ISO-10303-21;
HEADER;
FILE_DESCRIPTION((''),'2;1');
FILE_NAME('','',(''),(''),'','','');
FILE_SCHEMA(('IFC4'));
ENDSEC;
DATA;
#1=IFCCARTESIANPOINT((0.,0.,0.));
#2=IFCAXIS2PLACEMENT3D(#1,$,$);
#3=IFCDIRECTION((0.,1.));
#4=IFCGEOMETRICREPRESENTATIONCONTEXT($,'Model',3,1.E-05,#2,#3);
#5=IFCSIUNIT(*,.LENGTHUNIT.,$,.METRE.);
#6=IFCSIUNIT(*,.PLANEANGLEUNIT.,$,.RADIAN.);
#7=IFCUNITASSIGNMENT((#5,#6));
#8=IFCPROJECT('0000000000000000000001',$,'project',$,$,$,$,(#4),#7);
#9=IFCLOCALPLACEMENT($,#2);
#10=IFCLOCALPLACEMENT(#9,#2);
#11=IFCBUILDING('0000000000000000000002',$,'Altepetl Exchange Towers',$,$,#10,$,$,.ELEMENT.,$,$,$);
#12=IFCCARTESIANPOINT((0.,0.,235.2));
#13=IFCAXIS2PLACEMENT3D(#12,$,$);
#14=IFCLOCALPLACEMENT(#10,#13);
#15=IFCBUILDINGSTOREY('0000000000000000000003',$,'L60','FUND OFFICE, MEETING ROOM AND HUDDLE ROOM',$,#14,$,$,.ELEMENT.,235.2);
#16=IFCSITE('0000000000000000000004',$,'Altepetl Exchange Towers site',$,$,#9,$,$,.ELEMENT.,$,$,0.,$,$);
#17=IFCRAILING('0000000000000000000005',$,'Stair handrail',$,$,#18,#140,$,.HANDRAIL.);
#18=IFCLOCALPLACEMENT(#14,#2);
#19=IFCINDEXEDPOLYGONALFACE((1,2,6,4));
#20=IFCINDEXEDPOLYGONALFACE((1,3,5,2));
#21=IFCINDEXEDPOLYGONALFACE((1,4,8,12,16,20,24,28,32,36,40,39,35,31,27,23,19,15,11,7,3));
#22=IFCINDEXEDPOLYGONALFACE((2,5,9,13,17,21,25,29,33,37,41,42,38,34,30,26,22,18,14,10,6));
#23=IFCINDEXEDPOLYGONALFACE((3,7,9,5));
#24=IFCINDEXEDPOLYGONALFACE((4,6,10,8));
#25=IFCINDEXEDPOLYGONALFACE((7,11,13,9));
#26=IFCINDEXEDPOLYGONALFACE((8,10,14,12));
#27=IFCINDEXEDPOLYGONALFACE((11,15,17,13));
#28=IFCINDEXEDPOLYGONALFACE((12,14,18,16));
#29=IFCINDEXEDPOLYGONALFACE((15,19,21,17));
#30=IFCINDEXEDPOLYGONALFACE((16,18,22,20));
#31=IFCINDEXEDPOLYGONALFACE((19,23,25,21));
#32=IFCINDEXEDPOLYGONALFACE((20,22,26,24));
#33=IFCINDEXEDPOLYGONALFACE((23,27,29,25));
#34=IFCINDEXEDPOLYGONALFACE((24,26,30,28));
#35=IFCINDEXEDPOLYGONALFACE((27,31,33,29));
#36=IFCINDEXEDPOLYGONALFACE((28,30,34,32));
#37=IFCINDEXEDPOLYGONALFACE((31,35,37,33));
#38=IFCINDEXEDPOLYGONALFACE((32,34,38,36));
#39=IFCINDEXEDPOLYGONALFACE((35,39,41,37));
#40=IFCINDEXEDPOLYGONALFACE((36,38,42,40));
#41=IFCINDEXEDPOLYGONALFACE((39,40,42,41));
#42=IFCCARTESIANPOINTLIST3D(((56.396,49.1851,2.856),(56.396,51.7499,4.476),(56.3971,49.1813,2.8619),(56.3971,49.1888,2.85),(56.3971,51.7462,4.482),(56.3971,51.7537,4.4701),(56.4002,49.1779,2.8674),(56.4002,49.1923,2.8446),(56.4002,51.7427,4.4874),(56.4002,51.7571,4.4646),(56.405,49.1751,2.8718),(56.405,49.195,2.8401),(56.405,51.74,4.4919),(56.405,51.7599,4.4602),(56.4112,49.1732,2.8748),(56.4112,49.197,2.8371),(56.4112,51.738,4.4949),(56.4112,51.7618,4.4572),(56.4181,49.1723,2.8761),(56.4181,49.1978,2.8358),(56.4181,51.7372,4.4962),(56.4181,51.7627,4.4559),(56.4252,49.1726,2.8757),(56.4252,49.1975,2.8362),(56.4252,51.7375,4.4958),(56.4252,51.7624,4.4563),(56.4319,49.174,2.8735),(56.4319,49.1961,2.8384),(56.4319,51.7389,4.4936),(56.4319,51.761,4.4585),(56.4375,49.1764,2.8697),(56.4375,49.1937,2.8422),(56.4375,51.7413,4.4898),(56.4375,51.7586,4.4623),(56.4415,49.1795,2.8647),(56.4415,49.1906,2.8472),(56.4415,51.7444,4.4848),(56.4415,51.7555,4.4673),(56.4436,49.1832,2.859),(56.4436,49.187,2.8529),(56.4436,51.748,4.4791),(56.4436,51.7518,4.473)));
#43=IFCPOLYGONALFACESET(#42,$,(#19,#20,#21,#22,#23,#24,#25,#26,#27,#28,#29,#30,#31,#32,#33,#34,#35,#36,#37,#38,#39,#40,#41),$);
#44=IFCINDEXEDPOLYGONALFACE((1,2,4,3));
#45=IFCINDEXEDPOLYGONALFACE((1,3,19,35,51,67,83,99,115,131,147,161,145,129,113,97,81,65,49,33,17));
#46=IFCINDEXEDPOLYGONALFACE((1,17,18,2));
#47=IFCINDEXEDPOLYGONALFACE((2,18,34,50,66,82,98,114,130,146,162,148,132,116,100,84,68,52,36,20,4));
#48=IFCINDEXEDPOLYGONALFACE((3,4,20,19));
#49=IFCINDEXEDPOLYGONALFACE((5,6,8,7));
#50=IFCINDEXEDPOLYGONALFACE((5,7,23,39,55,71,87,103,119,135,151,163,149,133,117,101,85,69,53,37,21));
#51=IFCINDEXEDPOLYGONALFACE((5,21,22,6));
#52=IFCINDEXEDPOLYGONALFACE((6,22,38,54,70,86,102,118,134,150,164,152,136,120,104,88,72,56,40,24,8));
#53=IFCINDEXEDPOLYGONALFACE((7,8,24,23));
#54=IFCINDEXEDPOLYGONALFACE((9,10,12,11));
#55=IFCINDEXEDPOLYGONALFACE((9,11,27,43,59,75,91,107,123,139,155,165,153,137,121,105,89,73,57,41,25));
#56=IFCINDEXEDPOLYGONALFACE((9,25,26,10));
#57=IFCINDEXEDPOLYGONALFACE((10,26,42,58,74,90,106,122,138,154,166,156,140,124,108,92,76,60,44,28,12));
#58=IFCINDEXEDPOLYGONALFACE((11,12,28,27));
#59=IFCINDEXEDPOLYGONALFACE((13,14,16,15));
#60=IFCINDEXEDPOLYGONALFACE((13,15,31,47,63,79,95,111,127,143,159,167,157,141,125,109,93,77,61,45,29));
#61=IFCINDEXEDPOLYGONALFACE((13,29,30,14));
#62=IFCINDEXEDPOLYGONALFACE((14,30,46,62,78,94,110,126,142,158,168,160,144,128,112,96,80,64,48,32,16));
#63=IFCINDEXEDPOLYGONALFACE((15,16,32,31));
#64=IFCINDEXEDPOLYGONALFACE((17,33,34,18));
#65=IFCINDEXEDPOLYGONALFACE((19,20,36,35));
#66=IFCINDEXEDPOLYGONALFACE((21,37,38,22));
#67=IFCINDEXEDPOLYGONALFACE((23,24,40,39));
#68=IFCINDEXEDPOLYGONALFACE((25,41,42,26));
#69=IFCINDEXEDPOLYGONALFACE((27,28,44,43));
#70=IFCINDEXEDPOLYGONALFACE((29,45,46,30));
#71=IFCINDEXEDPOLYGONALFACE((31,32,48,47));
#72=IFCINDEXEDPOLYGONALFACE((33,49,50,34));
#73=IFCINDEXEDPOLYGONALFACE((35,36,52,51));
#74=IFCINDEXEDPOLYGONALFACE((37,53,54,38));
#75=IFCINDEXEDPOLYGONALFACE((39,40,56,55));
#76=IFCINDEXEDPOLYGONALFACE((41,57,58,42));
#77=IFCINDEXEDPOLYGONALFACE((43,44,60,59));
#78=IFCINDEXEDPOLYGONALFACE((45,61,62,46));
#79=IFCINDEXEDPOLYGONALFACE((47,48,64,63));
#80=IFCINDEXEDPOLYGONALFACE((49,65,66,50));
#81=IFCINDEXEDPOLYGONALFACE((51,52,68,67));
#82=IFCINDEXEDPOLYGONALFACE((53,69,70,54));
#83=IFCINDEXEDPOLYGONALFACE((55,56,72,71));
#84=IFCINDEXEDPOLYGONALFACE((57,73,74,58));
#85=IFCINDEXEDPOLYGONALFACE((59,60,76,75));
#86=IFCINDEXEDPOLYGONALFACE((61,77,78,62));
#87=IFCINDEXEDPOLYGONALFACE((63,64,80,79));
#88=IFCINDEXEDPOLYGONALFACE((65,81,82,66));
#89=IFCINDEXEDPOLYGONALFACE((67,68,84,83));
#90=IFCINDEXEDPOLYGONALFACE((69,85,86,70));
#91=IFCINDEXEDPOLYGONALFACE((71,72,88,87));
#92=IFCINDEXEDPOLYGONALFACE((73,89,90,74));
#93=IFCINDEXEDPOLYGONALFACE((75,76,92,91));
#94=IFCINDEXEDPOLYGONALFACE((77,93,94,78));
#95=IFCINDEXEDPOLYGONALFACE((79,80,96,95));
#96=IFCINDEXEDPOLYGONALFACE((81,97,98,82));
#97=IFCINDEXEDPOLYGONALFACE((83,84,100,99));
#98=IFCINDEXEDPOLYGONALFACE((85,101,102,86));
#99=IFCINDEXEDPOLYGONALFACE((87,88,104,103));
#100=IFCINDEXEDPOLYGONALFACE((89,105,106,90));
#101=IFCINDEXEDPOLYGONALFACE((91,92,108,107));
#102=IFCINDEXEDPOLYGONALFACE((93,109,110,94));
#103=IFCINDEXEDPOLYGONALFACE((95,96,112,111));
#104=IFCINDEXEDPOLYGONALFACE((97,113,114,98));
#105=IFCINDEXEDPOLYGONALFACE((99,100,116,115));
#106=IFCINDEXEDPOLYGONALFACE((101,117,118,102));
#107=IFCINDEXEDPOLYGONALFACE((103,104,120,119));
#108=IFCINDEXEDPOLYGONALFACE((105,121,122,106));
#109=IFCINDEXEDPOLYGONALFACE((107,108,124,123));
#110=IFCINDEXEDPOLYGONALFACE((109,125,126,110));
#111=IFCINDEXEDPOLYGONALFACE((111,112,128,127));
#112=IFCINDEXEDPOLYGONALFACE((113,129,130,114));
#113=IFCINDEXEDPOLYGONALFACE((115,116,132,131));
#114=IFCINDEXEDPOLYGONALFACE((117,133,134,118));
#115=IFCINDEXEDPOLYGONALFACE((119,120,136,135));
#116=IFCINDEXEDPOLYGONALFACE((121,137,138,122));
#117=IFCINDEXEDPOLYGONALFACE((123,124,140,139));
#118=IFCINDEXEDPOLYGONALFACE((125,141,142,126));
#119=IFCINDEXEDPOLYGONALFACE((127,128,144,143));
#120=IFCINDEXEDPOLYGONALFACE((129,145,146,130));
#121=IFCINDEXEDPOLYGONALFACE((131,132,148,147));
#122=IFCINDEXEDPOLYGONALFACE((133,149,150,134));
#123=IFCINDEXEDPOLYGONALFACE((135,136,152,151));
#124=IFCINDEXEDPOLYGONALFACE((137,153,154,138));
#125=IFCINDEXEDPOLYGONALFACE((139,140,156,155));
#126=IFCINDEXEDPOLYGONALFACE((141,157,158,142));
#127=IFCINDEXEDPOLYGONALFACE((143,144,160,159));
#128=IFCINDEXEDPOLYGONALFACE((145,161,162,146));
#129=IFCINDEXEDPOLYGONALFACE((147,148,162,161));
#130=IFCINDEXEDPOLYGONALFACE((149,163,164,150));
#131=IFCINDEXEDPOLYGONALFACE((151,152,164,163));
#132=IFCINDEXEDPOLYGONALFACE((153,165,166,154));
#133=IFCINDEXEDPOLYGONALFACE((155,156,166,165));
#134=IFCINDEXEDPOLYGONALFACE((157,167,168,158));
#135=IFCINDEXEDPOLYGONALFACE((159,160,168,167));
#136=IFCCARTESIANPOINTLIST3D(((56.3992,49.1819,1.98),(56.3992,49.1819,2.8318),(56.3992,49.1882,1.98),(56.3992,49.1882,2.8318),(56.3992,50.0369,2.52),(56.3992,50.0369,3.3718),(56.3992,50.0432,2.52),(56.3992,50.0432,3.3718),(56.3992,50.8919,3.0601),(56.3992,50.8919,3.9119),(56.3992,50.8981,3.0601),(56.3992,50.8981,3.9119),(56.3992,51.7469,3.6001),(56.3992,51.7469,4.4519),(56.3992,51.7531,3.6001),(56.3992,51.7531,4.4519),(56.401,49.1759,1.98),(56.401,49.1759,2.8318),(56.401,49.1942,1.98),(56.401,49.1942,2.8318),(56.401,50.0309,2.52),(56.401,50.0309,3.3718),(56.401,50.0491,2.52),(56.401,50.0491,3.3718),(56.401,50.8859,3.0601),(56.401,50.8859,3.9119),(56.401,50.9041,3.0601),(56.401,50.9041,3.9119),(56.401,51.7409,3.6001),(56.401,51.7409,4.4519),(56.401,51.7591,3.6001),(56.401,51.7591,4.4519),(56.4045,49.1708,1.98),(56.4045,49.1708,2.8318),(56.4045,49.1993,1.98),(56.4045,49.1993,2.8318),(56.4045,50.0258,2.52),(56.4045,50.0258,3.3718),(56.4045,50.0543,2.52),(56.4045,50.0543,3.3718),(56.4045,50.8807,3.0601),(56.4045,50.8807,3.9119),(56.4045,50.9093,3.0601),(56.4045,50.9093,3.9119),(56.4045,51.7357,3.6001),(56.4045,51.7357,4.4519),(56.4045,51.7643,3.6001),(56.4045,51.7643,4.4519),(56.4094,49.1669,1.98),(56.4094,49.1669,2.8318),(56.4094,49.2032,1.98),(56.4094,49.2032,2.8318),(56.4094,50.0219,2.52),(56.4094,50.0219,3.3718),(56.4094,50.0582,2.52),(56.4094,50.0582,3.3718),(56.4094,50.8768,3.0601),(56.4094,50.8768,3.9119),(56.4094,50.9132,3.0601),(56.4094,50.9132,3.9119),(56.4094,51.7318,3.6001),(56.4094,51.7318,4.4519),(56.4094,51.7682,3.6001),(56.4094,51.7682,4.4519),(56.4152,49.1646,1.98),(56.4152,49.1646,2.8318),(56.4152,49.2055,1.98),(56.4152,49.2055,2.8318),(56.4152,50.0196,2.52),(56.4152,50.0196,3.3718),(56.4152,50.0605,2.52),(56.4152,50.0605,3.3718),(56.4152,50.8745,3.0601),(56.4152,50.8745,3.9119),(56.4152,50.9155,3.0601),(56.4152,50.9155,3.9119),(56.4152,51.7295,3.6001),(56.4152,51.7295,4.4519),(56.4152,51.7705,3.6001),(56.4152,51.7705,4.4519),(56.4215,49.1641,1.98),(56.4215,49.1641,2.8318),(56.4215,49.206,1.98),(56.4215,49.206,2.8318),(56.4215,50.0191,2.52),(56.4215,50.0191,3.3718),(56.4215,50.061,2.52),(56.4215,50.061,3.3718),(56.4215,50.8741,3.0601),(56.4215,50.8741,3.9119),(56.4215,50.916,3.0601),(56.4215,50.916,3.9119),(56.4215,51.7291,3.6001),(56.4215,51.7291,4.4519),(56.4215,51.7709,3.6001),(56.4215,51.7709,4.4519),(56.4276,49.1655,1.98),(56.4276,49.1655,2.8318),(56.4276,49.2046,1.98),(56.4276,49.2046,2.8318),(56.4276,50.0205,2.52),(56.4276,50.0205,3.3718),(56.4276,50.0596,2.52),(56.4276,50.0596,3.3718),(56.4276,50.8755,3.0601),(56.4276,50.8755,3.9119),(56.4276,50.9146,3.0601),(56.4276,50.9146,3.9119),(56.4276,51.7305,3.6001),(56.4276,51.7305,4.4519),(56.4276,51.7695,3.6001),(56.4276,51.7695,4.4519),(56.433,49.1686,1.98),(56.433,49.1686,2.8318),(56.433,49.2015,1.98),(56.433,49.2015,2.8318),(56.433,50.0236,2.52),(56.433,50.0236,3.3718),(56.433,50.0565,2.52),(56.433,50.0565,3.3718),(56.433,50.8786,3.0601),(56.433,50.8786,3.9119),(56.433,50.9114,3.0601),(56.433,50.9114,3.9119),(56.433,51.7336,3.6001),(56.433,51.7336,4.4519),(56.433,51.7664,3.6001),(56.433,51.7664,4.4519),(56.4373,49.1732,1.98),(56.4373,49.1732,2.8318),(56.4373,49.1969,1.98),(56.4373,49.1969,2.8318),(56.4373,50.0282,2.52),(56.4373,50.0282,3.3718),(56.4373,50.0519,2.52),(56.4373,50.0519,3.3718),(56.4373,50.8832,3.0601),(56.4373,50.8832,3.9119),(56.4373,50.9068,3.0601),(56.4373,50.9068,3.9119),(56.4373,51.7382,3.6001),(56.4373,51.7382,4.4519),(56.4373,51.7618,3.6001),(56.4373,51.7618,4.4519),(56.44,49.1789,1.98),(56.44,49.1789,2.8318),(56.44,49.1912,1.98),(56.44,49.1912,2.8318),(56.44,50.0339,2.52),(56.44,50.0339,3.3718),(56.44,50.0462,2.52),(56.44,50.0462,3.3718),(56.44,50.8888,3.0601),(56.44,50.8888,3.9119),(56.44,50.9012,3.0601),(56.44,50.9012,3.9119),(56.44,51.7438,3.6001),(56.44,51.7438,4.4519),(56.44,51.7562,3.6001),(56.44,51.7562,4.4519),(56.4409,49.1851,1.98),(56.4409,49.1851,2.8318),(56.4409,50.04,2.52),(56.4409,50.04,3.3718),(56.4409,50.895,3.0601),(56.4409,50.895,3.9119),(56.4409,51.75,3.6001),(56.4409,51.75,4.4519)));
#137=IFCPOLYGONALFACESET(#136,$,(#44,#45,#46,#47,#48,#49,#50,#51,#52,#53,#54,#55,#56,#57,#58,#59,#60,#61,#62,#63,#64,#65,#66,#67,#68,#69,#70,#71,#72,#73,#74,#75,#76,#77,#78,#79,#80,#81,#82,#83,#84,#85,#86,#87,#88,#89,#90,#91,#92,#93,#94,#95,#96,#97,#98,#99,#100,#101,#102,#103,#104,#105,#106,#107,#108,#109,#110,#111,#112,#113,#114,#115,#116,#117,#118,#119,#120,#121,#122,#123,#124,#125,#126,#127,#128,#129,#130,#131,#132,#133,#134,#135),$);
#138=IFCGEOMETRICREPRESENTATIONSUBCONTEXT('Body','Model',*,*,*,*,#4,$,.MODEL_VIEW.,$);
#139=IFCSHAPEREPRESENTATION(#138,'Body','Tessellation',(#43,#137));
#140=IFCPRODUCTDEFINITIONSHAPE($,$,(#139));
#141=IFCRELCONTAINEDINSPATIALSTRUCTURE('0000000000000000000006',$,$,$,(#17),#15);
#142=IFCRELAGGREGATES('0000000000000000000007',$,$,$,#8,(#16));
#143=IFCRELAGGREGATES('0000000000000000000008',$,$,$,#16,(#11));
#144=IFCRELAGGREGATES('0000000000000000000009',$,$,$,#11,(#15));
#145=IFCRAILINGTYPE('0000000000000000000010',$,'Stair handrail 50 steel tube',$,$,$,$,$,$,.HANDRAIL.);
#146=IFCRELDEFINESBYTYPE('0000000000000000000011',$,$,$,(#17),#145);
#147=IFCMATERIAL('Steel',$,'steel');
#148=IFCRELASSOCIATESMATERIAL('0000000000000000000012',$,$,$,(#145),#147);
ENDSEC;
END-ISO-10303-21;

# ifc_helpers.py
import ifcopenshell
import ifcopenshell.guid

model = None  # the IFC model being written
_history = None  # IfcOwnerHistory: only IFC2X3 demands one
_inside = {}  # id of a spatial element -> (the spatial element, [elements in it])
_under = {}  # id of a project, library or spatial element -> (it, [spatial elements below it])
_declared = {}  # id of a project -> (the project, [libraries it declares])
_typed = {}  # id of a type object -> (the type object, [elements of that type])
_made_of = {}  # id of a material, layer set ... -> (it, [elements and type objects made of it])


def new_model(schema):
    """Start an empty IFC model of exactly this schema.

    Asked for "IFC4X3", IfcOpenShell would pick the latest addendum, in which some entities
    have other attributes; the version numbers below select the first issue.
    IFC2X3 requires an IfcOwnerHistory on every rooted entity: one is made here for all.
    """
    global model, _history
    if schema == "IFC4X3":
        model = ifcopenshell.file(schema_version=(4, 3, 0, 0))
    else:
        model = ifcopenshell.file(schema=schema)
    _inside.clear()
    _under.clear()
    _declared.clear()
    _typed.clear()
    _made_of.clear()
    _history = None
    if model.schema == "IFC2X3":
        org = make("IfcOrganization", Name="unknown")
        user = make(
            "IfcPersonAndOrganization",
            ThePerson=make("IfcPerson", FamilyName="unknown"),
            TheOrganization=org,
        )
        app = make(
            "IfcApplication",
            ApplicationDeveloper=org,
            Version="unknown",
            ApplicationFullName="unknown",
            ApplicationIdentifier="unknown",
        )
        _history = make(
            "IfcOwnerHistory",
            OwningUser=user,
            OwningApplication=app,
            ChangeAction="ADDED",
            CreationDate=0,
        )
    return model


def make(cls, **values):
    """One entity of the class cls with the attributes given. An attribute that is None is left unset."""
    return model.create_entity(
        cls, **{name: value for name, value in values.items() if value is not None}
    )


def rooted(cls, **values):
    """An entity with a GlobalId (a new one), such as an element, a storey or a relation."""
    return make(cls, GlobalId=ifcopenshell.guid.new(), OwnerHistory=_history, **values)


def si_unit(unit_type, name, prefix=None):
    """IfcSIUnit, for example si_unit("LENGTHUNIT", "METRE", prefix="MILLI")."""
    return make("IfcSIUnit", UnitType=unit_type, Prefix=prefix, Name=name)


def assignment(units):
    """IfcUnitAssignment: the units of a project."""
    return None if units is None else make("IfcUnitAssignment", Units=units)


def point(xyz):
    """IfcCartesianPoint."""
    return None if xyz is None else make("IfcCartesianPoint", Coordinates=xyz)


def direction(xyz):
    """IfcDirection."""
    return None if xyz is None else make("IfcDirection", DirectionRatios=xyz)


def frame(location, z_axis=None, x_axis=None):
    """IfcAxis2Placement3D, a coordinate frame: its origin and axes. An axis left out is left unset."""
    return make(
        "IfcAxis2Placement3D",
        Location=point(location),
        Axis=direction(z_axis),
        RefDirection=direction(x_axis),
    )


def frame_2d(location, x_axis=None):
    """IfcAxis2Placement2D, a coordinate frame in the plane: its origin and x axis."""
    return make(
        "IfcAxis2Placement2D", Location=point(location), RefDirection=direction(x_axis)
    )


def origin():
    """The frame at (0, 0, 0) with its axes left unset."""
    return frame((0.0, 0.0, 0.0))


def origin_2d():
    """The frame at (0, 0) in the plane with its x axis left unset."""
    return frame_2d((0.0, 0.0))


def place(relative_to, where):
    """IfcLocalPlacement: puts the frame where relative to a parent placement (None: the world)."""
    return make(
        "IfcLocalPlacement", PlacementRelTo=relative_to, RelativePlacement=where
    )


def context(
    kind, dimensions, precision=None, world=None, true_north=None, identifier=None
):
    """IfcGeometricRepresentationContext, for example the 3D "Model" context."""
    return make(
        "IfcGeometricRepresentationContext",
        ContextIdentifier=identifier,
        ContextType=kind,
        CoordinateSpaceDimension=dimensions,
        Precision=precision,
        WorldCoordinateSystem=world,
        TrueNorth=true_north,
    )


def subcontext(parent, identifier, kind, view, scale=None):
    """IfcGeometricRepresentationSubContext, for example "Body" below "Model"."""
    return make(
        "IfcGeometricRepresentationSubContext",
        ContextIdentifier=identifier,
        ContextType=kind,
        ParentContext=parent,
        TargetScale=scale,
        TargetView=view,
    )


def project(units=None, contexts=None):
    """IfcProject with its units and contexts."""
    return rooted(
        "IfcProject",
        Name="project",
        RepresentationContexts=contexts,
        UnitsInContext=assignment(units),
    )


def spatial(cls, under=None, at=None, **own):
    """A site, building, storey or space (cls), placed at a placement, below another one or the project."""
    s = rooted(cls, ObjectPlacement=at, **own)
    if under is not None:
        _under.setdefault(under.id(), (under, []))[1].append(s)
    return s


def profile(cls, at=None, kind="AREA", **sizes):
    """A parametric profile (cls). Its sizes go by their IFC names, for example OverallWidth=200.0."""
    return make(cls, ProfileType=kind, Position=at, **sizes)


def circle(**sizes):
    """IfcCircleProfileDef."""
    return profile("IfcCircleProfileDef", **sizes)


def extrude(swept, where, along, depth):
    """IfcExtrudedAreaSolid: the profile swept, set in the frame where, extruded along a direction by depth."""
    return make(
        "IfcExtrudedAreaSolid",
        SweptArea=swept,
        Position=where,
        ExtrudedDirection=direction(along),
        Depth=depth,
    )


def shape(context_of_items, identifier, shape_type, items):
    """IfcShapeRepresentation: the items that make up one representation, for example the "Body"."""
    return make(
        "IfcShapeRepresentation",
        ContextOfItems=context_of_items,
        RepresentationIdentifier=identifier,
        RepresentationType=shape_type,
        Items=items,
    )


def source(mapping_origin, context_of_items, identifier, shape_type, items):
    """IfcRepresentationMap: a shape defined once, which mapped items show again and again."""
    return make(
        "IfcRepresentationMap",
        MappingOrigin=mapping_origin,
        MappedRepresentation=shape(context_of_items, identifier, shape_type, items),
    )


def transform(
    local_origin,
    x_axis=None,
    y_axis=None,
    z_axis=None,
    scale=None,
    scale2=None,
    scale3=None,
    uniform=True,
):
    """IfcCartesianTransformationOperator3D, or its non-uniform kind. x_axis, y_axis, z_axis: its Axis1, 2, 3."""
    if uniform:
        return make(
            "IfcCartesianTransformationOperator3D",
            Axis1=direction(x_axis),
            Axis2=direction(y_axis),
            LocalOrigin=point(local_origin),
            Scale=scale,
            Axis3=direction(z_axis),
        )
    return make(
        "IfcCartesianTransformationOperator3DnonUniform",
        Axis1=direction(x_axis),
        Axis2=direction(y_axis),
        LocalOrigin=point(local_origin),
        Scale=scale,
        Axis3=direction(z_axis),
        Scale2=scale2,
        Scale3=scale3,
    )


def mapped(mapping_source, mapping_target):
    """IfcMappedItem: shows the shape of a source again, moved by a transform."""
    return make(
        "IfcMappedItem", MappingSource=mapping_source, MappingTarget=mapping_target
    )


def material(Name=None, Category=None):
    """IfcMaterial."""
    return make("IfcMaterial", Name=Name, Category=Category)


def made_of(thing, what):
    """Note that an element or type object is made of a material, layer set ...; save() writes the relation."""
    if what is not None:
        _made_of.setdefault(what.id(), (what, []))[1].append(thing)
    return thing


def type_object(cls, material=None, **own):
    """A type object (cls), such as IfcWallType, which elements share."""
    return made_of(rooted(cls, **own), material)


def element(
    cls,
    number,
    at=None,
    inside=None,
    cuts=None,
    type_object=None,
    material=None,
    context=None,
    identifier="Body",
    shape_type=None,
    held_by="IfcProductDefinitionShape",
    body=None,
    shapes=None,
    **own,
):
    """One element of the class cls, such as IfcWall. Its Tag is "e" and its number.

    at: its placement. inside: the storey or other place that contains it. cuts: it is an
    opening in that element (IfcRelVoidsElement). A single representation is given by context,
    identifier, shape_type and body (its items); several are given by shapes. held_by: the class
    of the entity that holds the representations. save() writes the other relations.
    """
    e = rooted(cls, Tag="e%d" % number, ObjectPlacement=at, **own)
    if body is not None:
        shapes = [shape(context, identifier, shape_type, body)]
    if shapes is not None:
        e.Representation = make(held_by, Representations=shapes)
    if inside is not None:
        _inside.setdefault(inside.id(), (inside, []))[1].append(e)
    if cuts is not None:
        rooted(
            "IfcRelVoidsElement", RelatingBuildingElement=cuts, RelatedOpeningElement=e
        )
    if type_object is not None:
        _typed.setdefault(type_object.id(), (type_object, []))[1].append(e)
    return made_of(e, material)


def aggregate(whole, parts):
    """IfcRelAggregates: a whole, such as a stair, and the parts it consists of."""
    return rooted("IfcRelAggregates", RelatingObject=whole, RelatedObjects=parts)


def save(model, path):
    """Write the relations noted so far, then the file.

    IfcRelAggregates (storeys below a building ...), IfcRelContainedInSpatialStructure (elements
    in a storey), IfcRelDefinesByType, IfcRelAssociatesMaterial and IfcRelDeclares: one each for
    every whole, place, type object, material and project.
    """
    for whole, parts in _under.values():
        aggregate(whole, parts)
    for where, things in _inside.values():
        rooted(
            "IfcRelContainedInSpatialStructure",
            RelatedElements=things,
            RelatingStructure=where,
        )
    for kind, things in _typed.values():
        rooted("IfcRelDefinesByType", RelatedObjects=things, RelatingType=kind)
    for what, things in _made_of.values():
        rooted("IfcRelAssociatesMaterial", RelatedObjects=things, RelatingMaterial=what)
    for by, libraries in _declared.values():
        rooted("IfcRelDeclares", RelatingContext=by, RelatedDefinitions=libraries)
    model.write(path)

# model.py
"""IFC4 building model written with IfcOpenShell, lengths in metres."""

from ifc_helpers import new_model, si_unit, direction, frame, origin, origin_2d, place, context, subcontext, project, spatial, circle, extrude, source, transform, mapped, material, type_object, element, save


model = new_model("IFC4")

# Units and contexts
model_context = context("Model", 3, precision=1e-05, world=origin(), true_north=direction((0.0, 1.0)))
body_context = subcontext(model_context, "Body", "Model", "MODEL_VIEW")
ifc_project = project(units=[si_unit("LENGTHUNIT", "METRE"), si_unit("PLANEANGLEUNIT", "RADIAN")], contexts=[model_context])

# Site, building, storey
site_placement = place(None, origin())
site = spatial("IfcSite", under=ifc_project, at=site_placement, Name="Altepetl Exchange Towers site", CompositionType="ELEMENT", RefElevation=0.0)
building_placement = place(site_placement, origin())
building = spatial("IfcBuilding", under=site, at=building_placement, Name="Altepetl Exchange Towers", CompositionType="ELEMENT")
storey_placement = place(building_placement, frame((0.0, 0.0, 235.2)))
storey = spatial("IfcBuildingStorey", under=building, at=storey_placement, Name="L60", Description="FUND OFFICE, MEETING ROOM AND HUDDLE ROOM", CompositionType="ELEMENT", Elevation=235.2)

# Railing
ifc_material_1 = material(Name="Steel", Category="steel")
railing_type = type_object("IfcRailingType", Name="Stair handrail 50 steel tube", PredefinedType="HANDRAIL", material=ifc_material_1)
shared_shape = source(origin(), body_context, "Body", "SweptSolid", [
    extrude(circle(Radius=0.021, at=origin_2d()), origin(), (0.0, 0.0, 1.0), 0.8518),
])
railing_placement = place(storey_placement, frame((56.4199, 49.1851, 1.98)))
element("IfcRailing", 1, at=railing_placement, inside=storey, type_object=railing_type, Name="Stair handrail", PredefinedType="HANDRAIL", context=body_context, shape_type="SweptSolid", body=[
    extrude(circle(Radius=0.0239, at=origin_2d()), frame((0.0, 0.0, 0.876), z_axis=(0.0, 0.845466, 0.534029), x_axis=(-1.0, 0.0, 0.0)), (0.0, 0.0, 1.0), 3.0337),
    mapped(shared_shape, transform((0.0, 0.0, 0.0))),
    mapped(shared_shape, transform((0.0, 0.855, 0.54))),
    mapped(shared_shape, transform((0.0, 1.71, 1.0801))),
    mapped(shared_shape, transform((0.0, 2.5649, 1.6201))),
])

save(model, "model.ifc")
